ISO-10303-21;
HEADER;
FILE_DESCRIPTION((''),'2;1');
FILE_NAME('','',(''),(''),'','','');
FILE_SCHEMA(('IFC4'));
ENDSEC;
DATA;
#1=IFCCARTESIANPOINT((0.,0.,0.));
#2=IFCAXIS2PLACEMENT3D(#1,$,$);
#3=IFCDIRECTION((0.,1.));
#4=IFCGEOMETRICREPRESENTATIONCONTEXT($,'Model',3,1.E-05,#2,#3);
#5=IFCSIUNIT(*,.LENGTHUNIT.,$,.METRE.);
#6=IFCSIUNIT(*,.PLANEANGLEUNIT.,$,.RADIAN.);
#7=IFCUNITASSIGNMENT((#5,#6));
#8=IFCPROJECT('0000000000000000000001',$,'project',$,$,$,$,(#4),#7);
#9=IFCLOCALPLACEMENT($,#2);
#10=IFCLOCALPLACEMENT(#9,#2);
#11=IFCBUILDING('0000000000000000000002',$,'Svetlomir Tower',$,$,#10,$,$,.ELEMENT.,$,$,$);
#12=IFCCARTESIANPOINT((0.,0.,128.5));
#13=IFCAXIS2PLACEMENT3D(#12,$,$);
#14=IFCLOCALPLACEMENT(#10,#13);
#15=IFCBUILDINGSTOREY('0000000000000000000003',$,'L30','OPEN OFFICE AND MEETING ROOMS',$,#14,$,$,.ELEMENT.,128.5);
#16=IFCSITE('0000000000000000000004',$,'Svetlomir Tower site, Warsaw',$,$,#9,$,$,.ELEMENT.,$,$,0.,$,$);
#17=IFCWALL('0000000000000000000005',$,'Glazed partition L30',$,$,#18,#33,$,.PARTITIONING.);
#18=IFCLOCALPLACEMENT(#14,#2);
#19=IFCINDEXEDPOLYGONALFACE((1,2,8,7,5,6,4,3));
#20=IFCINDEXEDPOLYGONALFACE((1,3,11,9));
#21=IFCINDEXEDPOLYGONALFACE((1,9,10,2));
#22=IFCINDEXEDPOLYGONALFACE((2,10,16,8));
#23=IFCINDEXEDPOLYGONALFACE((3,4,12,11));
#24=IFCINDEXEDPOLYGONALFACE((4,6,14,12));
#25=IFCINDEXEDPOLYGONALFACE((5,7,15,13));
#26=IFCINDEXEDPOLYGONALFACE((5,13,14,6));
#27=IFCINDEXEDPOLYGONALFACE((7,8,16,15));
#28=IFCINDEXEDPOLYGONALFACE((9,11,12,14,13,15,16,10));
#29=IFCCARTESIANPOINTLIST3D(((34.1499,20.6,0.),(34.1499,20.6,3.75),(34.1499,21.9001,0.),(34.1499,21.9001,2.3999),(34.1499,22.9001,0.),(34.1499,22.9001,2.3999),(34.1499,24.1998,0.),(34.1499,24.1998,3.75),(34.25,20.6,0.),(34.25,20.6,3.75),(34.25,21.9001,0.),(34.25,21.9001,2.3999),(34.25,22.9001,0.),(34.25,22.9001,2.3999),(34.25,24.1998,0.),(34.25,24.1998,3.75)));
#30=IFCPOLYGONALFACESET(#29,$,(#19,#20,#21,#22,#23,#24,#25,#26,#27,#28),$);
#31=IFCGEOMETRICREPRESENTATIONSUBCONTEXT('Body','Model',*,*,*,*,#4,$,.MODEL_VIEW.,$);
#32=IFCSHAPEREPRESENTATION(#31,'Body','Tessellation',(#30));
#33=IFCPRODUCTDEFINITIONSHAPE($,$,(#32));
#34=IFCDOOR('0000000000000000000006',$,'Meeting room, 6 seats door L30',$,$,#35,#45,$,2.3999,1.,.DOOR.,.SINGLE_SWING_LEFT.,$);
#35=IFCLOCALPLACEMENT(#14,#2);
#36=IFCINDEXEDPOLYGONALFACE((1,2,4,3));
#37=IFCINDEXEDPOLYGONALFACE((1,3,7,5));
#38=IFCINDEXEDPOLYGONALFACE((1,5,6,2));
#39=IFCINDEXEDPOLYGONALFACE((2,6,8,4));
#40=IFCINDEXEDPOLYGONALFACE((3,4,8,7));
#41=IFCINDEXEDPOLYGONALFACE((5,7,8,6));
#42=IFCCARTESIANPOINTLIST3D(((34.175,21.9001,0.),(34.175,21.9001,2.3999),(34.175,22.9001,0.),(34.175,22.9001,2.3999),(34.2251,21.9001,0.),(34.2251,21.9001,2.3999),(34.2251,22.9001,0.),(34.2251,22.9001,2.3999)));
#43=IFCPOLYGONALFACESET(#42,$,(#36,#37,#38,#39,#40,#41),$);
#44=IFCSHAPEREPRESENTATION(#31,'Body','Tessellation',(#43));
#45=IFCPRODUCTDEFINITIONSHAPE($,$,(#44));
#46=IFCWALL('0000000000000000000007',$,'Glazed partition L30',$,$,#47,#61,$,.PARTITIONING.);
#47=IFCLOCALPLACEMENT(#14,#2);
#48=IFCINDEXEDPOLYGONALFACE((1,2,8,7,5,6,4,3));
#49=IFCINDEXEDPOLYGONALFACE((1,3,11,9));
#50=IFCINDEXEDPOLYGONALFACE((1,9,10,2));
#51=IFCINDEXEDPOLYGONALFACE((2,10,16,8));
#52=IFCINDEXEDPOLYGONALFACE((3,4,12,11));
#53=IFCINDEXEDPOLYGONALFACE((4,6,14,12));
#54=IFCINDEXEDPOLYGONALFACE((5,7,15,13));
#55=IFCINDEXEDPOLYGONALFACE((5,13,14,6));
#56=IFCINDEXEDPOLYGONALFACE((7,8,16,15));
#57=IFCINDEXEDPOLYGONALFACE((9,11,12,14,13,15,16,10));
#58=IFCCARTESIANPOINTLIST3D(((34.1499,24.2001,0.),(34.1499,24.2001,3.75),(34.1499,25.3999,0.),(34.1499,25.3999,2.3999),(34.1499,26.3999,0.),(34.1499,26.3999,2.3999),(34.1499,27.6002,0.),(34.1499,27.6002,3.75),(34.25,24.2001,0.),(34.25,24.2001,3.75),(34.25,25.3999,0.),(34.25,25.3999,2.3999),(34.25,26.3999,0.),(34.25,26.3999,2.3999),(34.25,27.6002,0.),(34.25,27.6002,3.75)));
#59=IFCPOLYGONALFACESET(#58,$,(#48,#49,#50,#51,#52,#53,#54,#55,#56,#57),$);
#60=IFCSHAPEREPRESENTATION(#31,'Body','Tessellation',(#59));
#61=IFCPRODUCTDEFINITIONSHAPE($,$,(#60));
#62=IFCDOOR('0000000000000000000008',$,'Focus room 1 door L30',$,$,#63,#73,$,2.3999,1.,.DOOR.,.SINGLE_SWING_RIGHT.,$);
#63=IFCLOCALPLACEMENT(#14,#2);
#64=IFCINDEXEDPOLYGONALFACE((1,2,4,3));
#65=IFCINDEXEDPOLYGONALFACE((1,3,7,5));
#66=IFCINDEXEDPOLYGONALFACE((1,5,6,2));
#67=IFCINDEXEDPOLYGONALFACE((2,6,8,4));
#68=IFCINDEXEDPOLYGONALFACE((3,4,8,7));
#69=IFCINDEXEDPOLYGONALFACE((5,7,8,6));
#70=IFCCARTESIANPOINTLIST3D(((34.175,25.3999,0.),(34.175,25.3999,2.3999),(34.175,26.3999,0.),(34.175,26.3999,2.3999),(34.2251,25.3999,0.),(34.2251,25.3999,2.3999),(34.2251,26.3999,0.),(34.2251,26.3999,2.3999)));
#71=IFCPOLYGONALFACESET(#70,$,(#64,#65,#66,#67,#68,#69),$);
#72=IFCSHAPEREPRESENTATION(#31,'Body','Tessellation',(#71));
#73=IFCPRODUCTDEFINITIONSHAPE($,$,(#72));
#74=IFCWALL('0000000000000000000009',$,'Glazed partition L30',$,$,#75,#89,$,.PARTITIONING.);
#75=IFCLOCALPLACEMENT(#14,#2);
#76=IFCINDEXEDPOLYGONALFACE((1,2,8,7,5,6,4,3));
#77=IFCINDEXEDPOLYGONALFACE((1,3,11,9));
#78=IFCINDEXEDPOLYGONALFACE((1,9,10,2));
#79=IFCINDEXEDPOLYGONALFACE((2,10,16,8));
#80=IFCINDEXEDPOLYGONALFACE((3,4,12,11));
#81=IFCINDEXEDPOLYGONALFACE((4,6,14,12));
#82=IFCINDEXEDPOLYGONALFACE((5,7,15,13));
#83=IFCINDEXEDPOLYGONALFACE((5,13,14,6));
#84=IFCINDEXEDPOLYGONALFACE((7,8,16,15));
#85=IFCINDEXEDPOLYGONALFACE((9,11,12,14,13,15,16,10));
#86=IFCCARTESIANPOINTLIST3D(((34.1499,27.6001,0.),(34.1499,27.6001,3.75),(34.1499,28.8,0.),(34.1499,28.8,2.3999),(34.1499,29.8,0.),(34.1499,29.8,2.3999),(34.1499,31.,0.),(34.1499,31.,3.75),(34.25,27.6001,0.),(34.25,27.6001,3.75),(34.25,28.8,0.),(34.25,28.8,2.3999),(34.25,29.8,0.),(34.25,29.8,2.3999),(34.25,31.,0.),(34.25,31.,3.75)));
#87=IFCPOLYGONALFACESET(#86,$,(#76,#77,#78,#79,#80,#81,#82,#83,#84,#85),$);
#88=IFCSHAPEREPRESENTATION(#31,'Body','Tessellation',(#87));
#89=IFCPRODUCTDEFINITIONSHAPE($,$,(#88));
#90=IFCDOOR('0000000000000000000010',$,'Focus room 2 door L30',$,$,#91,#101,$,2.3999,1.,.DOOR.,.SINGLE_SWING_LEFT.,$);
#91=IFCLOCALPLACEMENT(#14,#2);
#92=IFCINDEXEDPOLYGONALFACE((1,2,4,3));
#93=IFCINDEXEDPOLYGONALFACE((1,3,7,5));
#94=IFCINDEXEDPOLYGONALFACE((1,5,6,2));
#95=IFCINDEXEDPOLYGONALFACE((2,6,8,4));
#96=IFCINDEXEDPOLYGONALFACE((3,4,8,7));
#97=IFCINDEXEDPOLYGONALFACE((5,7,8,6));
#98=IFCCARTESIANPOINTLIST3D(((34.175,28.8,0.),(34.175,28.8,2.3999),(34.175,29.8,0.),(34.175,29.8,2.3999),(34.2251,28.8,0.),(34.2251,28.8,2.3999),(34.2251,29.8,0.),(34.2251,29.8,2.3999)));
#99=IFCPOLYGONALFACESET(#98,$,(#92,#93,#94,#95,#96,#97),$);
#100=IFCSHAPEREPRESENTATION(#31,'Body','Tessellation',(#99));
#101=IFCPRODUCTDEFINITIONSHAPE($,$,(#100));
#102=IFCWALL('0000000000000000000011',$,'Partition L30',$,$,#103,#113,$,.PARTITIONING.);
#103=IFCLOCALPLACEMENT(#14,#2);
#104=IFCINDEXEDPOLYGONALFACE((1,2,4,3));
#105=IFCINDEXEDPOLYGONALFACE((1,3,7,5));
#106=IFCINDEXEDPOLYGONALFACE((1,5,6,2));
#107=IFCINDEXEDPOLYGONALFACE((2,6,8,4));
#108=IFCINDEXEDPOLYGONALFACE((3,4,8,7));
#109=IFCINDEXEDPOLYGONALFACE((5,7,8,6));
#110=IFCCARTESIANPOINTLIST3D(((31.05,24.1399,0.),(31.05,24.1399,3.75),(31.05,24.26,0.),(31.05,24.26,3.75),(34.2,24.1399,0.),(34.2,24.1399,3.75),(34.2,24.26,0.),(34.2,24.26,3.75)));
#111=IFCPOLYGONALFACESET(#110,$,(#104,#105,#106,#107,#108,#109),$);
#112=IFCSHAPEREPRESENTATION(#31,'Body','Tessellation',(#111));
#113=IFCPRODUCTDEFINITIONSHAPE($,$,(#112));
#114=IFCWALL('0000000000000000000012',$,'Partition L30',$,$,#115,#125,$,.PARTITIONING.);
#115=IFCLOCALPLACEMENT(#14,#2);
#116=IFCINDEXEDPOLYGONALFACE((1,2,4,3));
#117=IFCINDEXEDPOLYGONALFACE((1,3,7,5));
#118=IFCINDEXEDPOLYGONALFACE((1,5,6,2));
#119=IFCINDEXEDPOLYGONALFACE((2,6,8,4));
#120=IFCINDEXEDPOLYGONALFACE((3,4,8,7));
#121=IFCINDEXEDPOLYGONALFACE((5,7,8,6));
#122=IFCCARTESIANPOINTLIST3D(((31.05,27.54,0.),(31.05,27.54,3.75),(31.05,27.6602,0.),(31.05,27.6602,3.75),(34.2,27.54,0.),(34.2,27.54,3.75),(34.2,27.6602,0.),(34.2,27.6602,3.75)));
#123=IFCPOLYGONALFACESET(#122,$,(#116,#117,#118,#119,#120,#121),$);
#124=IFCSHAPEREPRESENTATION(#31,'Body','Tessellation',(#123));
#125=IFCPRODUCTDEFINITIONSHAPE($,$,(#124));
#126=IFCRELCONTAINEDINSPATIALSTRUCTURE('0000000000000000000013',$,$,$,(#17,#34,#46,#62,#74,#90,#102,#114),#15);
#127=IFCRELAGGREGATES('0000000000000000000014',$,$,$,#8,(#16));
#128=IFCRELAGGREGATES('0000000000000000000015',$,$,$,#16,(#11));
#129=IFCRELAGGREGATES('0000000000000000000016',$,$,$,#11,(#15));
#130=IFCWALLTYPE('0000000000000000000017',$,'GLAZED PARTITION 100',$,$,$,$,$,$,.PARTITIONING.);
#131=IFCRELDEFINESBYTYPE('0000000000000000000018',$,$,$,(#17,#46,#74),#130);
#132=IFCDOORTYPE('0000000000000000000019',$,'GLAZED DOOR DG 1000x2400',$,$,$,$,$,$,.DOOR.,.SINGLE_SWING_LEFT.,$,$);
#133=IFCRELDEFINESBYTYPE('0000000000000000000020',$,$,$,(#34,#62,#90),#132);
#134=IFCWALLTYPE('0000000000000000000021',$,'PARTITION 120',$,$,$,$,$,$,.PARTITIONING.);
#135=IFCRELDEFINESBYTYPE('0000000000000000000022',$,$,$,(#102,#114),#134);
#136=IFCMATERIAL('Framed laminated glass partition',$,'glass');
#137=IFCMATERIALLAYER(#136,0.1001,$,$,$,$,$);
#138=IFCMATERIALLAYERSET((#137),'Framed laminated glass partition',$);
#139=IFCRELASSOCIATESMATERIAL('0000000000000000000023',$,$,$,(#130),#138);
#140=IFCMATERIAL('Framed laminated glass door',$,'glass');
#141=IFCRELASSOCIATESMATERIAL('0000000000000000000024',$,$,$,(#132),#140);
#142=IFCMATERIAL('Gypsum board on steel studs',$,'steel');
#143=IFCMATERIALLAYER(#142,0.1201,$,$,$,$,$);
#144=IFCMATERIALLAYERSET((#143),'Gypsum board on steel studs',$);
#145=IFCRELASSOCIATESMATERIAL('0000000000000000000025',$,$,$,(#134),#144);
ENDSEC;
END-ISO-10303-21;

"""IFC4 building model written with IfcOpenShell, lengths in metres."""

from ifc_helpers import new_model, si_unit, direction, frame, frame_2d, origin, place, context, subcontext, project, spatial, rectangle, extrude, material, layer, layer_set, type_object, element, fill, save


model = new_model("IFC4")

# Units and contexts
model_context = context("Model", 3, precision=1e-05, world=origin(), true_north=direction((0.0, 1.0)))
body_context = subcontext(model_context, "Body", "Model", "MODEL_VIEW")
ifc_project = project(units=[si_unit("LENGTHUNIT", "METRE"), si_unit("PLANEANGLEUNIT", "RADIAN")], contexts=[model_context])

# Site, building, storey
site_placement = place(None, origin())
site = spatial("IfcSite", under=ifc_project, at=site_placement, Name="Svetlomir Tower site, Warsaw", CompositionType="ELEMENT", RefElevation=0.0)
building_placement = place(site_placement, origin())
building = spatial("IfcBuilding", under=site, at=building_placement, Name="Svetlomir Tower", CompositionType="ELEMENT")
storey_placement = place(building_placement, frame((0.0, 0.0, 128.5)))
storey = spatial("IfcBuildingStorey", under=building, at=storey_placement, Name="L30", Description="OPEN OFFICE AND MEETING ROOMS", CompositionType="ELEMENT", Elevation=128.5)

# Shared definitions
ifc_material_1 = material(Name="Framed laminated glass partition", Category="glass")
ifc_layer_1 = layer(ifc_material_1, 0.1001)
ifc_layer_set_1 = layer_set([ifc_layer_1], Name="Framed laminated glass partition")
wall_type_1 = type_object("IfcWallType", Name="GLAZED PARTITION 100", PredefinedType="PARTITIONING", material=ifc_layer_set_1)

# Walls, openings, doors
wall_1_placement = place(storey_placement, frame((34.2, 20.6001, 0.0), z_axis=(0.0, 0.0, 1.0), x_axis=(0.0, 1.0, 0.0)))
wall_1 = element("IfcWall", 1, at=wall_1_placement, inside=storey, type_object=wall_type_1, Name="Glazed partition L30", PredefinedType="PARTITIONING", context=body_context, shape_type="SweptSolid", body=[
    extrude(rectangle(XDim=3.5999, YDim=0.1001, at=frame_2d((1.7998, 0.0))), origin(), (0.0, 0.0, 1.0), 3.75),
])
opening_1_placement = place(wall_1_placement, frame((1.3, 0.0, 0.0)))
opening_1 = element("IfcOpeningElement", 2, at=opening_1_placement, cuts=wall_1, PredefinedType="OPENING", context=body_context, shape_type="SweptSolid", body=[
    extrude(rectangle(XDim=1.0, YDim=2.3999, at=frame_2d((0.5, 1.2))), frame((0.0, 0.0601, 0.0), z_axis=(0.0, -1.0, 0.0), x_axis=(1.0, 0.0, 0.0)), (0.0, 0.0, 1.0), 0.1201),
])
ifc_material_2 = material(Name="Framed laminated glass door", Category="glass")
door_type = type_object("IfcDoorType", Name="GLAZED DOOR DG 1000x2400", OperationType="SINGLE_SWING_LEFT", PredefinedType="DOOR", material=ifc_material_2)
door_1_placement = place(opening_1_placement, origin())
door_1 = element("IfcDoor", 3, at=door_1_placement, inside=storey, type_object=door_type, Name="Meeting room, 6 seats door L30", OperationType="SINGLE_SWING_LEFT", OverallHeight=2.3999, OverallWidth=1.0, PredefinedType="DOOR", context=body_context, shape_type="SweptSolid", body=[
    extrude(rectangle(XDim=1.0, YDim=2.3999, at=frame_2d((0.5, 1.2))), frame((0.0, 0.0249, 0.0), z_axis=(0.0, -1.0, 0.0), x_axis=(1.0, 0.0, 0.0)), (0.0, 0.0, 1.0), 0.05),
])
fill(opening_1, door_1)
wall_2_placement = place(storey_placement, frame((34.2, 24.2, 0.0), z_axis=(0.0, 0.0, 1.0), x_axis=(0.0, 1.0, 0.0)))
wall_2 = element("IfcWall", 4, at=wall_2_placement, inside=storey, type_object=wall_type_1, Name="Glazed partition L30", PredefinedType="PARTITIONING", context=body_context, shape_type="SweptSolid", body=[
    extrude(rectangle(XDim=3.4001, YDim=0.1001, at=frame_2d((1.7002, 0.0))), origin(), (0.0, 0.0, 1.0), 3.75),
])
opening_2_placement = place(wall_2_placement, frame((1.2, 0.0, 0.0)))
opening_2 = element("IfcOpeningElement", 5, at=opening_2_placement, cuts=wall_2, PredefinedType="OPENING", context=body_context, shape_type="SweptSolid", body=[
    extrude(rectangle(XDim=1.0, YDim=2.3999, at=frame_2d((0.5, 1.2))), frame((0.0, 0.0601, 0.0), z_axis=(0.0, -1.0, 0.0), x_axis=(1.0, 0.0, 0.0)), (0.0, 0.0, 1.0), 0.1201),
])
door_2_placement = place(opening_2_placement, origin())
door_2 = element("IfcDoor", 6, at=door_2_placement, inside=storey, type_object=door_type, Name="Focus room 1 door L30", OperationType="SINGLE_SWING_RIGHT", OverallHeight=2.3999, OverallWidth=1.0, PredefinedType="DOOR", context=body_context, shape_type="SweptSolid", body=[
    extrude(rectangle(XDim=1.0, YDim=2.3999, at=frame_2d((0.5, 1.2))), frame((0.0, 0.0249, 0.0), z_axis=(0.0, -1.0, 0.0), x_axis=(1.0, 0.0, 0.0)), (0.0, 0.0, 1.0), 0.05),
])
fill(opening_2, door_2)
wall_3_placement = place(storey_placement, frame((34.2, 27.6001, 0.0), z_axis=(0.0, 0.0, 1.0), x_axis=(0.0, 1.0, 0.0)))
wall_3 = element("IfcWall", 7, at=wall_3_placement, inside=storey, type_object=wall_type_1, Name="Glazed partition L30", PredefinedType="PARTITIONING", context=body_context, shape_type="SweptSolid", body=[
    extrude(rectangle(XDim=3.3999, YDim=0.1001, at=frame_2d((1.7, 0.0))), origin(), (0.0, 0.0, 1.0), 3.75),
])
opening_3_placement = place(wall_3_placement, frame((1.2, 0.0, 0.0)))
opening_3 = element("IfcOpeningElement", 8, at=opening_3_placement, cuts=wall_3, PredefinedType="OPENING", context=body_context, shape_type="SweptSolid", body=[
    extrude(rectangle(XDim=1.0, YDim=2.3999, at=frame_2d((0.5, 1.2))), frame((0.0, 0.0601, 0.0), z_axis=(0.0, -1.0, 0.0), x_axis=(1.0, 0.0, 0.0)), (0.0, 0.0, 1.0), 0.1201),
])
door_3_placement = place(opening_3_placement, origin())
door_3 = element("IfcDoor", 9, at=door_3_placement, inside=storey, type_object=door_type, Name="Focus room 2 door L30", OperationType="SINGLE_SWING_LEFT", OverallHeight=2.3999, OverallWidth=1.0, PredefinedType="DOOR", context=body_context, shape_type="SweptSolid", body=[
    extrude(rectangle(XDim=1.0, YDim=2.3999, at=frame_2d((0.5, 1.2))), frame((0.0, 0.0249, 0.0), z_axis=(0.0, -1.0, 0.0), x_axis=(1.0, 0.0, 0.0)), (0.0, 0.0, 1.0), 0.05),
])
fill(opening_3, door_3)

# Walls
ifc_material_3 = material(Name="Gypsum board on steel studs", Category="steel")
ifc_layer_2 = layer(ifc_material_3, 0.1201)
ifc_layer_set_2 = layer_set([ifc_layer_2], Name="Gypsum board on steel studs")
wall_type_2 = type_object("IfcWallType", Name="PARTITION 120", PredefinedType="PARTITIONING", material=ifc_layer_set_2)
for number, where, z_axis, x_axis, name in (
    (10, (31.05, 24.2, 0.0), (0.0, 0.0, 1.0), (1.0, 0.0, 0.0), "Partition L30"),
    (11, (31.05, 27.6001, 0.0), (0.0, 0.0, 1.0), (1.0, 0.0, 0.0), "Partition L30"),
):
    element("IfcWall", number, at=place(storey_placement, frame(where, z_axis=z_axis, x_axis=x_axis)), inside=storey, type_object=wall_type_2, Name=name, PredefinedType="PARTITIONING", context=body_context, shape_type="SweptSolid", body=[
        extrude(rectangle(XDim=3.1499, YDim=0.1201, at=frame_2d((1.575, 0.0))), origin(), (0.0, 0.0, 1.0), 3.75),
    ])

save(model, "model.ifc")
